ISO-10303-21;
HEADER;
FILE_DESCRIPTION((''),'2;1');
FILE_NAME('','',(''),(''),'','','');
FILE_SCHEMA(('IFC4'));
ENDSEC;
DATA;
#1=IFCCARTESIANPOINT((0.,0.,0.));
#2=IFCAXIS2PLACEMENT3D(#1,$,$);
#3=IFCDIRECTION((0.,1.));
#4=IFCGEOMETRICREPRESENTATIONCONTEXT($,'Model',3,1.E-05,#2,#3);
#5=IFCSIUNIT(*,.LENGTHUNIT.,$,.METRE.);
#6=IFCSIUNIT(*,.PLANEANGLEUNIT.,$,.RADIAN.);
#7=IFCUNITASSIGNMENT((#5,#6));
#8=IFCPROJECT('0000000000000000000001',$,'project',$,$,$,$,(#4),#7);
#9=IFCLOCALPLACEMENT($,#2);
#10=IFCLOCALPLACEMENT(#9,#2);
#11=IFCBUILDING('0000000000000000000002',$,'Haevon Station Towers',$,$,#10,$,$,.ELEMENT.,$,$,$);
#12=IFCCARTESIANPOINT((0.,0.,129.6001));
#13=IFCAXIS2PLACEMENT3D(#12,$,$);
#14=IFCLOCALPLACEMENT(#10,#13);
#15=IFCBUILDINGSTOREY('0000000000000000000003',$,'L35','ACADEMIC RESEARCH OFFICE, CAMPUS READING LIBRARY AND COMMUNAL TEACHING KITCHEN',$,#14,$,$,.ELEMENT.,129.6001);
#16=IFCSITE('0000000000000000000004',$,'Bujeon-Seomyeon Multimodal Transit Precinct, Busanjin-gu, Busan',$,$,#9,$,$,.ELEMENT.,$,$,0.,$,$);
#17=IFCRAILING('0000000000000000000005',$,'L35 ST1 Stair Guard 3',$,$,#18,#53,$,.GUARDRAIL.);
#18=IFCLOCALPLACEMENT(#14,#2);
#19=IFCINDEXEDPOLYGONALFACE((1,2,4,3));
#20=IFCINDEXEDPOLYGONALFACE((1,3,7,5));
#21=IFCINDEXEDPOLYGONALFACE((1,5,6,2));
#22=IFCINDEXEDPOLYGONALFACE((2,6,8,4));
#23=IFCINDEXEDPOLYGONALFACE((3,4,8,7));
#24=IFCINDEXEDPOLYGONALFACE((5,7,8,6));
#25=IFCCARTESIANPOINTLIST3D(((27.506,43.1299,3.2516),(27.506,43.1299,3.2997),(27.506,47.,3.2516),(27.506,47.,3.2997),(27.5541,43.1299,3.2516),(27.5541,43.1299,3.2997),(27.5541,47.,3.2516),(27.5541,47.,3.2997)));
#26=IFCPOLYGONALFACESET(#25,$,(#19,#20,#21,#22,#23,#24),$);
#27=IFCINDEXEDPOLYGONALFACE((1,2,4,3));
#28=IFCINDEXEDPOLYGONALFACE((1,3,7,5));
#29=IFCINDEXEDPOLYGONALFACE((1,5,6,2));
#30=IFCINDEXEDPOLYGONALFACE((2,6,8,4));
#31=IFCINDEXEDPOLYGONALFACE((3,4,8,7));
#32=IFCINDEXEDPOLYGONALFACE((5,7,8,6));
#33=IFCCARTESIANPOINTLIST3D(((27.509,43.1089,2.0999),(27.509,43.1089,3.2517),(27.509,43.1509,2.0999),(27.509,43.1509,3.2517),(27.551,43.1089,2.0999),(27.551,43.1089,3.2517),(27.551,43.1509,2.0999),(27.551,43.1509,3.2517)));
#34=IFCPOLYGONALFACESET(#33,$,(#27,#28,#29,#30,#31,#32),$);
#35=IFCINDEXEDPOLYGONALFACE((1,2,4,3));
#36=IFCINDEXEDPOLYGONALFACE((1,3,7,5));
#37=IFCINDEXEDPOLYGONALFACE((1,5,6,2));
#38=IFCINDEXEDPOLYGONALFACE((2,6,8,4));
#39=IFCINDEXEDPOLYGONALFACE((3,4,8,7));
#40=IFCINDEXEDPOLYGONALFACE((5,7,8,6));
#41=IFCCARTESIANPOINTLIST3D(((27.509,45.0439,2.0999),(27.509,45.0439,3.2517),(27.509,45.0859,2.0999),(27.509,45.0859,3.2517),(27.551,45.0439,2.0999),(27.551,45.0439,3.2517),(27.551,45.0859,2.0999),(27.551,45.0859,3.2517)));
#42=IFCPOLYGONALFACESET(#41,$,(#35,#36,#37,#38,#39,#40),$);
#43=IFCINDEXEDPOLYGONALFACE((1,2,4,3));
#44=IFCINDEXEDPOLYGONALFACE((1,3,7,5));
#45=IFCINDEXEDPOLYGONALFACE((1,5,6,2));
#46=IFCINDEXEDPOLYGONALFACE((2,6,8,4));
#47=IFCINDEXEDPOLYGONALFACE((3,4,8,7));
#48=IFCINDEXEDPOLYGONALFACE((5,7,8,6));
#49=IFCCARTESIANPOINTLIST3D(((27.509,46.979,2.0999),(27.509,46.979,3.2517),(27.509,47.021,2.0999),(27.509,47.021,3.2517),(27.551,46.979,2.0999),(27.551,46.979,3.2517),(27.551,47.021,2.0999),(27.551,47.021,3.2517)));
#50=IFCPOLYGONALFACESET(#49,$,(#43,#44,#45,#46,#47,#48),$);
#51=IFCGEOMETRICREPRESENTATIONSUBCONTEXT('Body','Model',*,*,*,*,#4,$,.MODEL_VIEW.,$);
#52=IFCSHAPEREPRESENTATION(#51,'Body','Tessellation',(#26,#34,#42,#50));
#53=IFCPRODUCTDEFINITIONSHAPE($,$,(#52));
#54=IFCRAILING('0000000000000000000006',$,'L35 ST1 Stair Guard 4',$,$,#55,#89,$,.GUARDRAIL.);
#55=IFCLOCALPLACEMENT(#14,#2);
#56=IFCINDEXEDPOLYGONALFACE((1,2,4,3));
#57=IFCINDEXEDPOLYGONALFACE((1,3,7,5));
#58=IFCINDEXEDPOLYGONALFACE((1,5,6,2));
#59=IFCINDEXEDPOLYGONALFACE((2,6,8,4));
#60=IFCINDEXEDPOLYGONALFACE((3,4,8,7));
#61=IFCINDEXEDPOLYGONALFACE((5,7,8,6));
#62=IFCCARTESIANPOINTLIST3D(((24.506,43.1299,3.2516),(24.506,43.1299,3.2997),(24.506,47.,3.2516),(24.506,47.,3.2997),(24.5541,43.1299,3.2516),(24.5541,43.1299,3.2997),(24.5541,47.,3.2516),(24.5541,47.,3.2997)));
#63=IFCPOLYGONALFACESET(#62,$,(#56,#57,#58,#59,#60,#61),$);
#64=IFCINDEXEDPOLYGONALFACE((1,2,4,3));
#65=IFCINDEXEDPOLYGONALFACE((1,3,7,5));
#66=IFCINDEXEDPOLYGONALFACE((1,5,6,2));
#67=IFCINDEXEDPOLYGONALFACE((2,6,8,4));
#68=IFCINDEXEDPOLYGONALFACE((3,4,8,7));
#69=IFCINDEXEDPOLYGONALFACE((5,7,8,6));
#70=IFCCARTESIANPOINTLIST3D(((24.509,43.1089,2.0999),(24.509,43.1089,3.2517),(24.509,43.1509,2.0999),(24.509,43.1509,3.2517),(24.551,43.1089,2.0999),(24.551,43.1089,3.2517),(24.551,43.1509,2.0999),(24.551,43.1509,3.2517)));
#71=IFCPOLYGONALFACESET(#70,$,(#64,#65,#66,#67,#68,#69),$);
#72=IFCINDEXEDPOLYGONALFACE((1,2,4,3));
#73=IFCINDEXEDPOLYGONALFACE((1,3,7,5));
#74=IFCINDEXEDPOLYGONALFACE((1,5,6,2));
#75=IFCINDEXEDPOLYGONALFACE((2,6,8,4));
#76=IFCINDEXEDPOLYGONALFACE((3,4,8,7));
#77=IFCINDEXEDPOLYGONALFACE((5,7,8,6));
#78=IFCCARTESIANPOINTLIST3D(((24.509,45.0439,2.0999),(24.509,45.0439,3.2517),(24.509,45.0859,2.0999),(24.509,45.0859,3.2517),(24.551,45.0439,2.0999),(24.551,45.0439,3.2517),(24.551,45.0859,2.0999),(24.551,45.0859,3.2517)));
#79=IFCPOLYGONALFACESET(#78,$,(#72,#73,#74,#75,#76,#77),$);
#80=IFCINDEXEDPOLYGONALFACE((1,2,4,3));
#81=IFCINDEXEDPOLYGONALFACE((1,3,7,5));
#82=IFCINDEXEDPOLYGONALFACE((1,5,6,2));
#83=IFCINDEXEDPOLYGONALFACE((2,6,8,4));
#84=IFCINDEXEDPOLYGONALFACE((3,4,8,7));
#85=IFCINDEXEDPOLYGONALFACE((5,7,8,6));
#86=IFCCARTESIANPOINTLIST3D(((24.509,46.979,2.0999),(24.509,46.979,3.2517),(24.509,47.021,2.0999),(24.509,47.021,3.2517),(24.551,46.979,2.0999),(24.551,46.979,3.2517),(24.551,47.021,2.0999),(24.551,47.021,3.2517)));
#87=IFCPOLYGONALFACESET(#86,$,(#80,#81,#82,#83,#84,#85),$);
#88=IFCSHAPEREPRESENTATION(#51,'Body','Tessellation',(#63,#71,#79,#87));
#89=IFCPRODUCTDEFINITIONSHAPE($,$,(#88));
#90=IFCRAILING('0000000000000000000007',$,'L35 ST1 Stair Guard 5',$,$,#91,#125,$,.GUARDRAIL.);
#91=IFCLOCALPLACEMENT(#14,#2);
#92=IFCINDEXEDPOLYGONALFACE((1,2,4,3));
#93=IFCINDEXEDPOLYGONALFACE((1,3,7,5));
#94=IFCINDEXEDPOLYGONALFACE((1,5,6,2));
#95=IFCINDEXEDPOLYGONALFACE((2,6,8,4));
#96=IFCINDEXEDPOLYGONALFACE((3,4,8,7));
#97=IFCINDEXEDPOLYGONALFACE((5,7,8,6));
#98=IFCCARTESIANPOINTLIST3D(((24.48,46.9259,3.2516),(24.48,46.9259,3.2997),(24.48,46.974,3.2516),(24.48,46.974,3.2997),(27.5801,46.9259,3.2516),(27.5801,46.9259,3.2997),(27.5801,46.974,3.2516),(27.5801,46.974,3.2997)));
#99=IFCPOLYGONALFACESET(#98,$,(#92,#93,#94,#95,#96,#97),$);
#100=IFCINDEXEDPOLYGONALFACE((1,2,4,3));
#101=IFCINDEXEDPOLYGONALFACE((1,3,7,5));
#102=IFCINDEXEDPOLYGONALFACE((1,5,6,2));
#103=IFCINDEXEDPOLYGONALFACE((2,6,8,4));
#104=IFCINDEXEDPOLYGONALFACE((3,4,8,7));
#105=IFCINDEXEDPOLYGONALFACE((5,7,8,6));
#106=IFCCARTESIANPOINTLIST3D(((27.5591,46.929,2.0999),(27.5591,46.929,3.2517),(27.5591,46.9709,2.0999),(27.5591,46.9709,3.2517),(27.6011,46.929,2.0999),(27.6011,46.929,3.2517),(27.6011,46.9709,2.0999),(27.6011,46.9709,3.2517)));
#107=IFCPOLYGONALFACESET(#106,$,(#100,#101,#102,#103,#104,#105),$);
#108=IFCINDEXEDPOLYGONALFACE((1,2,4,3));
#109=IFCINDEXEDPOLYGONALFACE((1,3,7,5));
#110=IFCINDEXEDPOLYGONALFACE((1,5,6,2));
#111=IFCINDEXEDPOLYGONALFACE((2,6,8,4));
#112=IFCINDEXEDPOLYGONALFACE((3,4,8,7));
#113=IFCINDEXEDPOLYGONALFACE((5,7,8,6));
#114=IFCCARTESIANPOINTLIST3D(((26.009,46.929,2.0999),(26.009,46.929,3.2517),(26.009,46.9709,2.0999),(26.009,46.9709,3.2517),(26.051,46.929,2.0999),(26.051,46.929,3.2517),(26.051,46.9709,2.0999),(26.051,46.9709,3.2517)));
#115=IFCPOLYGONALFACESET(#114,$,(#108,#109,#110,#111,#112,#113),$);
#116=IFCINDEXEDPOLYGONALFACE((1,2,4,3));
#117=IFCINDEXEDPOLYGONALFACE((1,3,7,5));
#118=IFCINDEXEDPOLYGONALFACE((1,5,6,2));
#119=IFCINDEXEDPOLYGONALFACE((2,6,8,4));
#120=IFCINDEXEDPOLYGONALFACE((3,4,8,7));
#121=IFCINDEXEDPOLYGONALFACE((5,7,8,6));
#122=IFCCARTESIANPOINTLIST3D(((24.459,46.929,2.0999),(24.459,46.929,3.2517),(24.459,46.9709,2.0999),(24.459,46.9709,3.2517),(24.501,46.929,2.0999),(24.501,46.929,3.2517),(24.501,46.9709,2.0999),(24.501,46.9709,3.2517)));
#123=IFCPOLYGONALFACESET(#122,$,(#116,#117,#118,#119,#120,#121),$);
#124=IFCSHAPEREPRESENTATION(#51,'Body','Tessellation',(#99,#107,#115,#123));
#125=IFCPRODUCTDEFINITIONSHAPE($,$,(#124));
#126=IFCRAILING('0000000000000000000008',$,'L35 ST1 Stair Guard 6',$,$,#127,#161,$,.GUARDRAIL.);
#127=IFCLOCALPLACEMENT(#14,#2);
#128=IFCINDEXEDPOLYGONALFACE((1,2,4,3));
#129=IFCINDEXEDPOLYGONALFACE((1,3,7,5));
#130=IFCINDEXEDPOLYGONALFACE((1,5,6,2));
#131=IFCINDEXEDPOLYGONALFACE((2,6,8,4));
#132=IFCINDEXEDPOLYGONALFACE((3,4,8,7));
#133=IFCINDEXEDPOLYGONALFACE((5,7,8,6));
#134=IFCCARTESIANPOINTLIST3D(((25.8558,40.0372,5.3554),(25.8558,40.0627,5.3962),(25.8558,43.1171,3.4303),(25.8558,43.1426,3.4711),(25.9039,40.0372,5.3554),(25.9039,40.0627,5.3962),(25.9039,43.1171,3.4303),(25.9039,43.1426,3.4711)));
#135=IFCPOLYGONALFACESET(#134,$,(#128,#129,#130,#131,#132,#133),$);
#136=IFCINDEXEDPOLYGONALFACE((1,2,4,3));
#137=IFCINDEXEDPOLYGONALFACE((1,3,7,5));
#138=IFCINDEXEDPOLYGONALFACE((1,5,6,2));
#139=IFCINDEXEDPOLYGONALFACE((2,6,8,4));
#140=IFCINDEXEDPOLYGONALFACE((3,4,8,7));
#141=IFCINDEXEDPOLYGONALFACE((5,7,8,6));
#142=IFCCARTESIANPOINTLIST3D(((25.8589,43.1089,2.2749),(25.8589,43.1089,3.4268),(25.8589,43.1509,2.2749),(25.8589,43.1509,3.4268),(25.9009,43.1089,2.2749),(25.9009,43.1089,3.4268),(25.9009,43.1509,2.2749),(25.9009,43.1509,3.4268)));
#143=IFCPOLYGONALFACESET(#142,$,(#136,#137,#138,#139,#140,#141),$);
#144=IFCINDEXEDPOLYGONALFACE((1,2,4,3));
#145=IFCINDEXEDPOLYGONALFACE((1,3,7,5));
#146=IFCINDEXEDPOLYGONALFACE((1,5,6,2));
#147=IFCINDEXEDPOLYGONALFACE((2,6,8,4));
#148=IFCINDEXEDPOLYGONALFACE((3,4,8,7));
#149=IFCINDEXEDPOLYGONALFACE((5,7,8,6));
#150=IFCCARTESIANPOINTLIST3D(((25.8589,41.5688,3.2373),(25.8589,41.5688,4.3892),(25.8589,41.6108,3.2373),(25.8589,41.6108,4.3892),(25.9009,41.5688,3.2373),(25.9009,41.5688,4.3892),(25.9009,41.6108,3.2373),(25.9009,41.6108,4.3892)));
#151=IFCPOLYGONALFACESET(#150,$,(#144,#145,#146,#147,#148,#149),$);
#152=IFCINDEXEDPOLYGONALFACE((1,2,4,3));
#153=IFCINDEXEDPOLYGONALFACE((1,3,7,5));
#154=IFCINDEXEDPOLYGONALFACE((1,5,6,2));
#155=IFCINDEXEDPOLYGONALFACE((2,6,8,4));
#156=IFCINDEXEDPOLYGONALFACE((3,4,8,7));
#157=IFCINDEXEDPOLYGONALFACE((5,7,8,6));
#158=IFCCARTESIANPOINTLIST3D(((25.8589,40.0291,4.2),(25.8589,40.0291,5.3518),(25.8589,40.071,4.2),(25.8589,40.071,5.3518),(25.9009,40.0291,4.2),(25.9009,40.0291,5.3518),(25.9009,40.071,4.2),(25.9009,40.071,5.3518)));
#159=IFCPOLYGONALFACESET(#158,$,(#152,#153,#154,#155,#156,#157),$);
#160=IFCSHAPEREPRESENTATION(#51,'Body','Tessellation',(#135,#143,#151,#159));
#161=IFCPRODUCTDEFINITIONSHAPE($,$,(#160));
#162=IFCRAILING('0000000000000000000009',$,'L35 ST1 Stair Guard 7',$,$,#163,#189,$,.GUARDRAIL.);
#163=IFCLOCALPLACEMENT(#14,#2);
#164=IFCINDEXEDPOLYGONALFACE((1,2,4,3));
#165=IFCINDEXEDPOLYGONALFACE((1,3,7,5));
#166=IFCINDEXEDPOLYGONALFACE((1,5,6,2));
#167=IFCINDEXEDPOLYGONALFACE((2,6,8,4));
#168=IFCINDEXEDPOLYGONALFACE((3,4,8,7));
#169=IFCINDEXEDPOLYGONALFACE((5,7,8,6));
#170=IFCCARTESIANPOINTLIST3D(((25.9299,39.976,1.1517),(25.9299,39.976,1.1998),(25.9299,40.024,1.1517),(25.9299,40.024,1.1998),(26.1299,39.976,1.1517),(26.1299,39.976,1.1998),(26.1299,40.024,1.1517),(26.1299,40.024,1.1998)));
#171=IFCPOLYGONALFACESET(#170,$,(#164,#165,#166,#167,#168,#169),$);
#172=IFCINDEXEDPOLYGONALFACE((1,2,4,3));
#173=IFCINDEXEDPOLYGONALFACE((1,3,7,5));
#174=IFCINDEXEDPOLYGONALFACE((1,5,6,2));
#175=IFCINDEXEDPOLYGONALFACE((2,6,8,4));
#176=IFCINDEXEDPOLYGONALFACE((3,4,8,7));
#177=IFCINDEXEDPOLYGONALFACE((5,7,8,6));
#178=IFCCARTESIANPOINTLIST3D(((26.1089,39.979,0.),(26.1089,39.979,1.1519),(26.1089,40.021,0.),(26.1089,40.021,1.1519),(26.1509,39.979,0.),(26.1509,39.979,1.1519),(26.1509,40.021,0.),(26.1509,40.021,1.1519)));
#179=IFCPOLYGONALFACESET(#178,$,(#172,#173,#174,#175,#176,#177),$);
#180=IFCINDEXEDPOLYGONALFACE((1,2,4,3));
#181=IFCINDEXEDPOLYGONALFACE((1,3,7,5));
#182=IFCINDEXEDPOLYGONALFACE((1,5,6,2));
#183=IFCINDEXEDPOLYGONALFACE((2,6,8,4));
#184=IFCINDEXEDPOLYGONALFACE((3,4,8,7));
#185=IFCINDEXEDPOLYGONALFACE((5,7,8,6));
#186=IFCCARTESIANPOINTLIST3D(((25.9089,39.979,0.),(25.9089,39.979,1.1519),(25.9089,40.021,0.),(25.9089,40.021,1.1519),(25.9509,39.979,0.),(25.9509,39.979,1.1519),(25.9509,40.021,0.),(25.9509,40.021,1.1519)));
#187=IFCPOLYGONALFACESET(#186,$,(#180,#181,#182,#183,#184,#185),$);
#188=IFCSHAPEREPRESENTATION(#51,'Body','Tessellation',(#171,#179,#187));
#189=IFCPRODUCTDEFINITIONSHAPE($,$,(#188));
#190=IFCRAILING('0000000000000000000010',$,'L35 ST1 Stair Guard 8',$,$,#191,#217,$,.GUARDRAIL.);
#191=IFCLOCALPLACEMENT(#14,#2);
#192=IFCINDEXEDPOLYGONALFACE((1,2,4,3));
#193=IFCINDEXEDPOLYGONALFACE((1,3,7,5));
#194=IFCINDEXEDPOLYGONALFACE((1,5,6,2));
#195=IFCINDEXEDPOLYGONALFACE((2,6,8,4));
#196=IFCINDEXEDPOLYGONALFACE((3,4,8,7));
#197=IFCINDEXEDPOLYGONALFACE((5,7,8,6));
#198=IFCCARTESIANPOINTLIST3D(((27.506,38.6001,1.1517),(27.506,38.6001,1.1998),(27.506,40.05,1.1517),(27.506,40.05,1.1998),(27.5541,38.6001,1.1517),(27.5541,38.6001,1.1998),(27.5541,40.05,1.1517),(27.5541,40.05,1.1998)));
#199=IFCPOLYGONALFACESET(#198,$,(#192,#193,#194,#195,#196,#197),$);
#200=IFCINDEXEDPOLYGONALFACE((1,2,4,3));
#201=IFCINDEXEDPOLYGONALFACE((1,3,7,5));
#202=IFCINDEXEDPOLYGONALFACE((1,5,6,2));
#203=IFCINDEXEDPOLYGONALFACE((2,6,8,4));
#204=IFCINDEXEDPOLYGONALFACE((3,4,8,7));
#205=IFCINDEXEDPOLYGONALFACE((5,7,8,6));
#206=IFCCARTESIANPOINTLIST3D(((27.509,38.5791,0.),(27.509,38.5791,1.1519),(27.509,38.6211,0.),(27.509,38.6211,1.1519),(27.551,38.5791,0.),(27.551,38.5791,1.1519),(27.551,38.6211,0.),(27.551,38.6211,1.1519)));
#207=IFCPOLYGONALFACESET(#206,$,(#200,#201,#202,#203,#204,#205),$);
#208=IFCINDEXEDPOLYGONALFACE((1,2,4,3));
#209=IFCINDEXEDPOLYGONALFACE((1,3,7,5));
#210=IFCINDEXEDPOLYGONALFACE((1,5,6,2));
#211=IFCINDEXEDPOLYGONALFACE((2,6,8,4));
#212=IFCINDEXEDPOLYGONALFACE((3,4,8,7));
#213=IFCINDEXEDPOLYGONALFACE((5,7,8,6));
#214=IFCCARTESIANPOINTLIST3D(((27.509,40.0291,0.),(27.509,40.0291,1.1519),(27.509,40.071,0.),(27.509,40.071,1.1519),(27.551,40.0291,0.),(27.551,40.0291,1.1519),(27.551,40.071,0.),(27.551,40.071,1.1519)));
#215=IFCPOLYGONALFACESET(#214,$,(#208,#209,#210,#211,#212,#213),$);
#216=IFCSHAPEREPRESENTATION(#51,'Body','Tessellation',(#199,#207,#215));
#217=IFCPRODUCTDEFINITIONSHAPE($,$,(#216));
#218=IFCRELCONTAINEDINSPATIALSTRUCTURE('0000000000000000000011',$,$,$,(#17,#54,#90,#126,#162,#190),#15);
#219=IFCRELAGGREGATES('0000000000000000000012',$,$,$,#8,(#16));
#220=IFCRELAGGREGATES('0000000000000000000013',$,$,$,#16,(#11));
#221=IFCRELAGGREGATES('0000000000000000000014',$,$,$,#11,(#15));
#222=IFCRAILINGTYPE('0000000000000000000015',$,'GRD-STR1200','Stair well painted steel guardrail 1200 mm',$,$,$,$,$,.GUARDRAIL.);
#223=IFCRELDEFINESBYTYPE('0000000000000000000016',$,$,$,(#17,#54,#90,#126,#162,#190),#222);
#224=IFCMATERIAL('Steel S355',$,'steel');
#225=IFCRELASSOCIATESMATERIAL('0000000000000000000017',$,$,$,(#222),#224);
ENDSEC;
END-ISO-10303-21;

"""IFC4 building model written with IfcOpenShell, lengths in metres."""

from ifc_helpers import new_model, si_unit, direction, frame, origin, origin_2d, place, context, subcontext, project, spatial, rectangle, extrude, material, type_object, element, save


model = new_model("IFC4")

# Units and contexts
model_context = context("Model", 3, precision=1e-05, world=origin(), true_north=direction((0.0, 1.0)))
body_context = subcontext(model_context, "Body", "Model", "MODEL_VIEW")
ifc_project = project(units=[si_unit("LENGTHUNIT", "METRE"), si_unit("PLANEANGLEUNIT", "RADIAN")], contexts=[model_context])

# Site, building, storey
site_placement = place(None, origin())
site = spatial("IfcSite", under=ifc_project, at=site_placement, Name="Bujeon-Seomyeon Multimodal Transit Precinct, Busanjin-gu, Busan", CompositionType="ELEMENT", RefElevation=0.0)
building_placement = place(site_placement, origin())
building = spatial("IfcBuilding", under=site, at=building_placement, Name="Haevon Station Towers", CompositionType="ELEMENT")
storey_placement = place(building_placement, frame((0.0, 0.0, 129.6001)))
storey = spatial("IfcBuildingStorey", under=building, at=storey_placement, Name="L35", Description="ACADEMIC RESEARCH OFFICE, CAMPUS READING LIBRARY AND COMMUNAL TEACHING KITCHEN", CompositionType="ELEMENT", Elevation=129.6001)

# Shared definitions
ifc_material_1 = material(Name="Steel S355", Category="steel")

# Railings
railing_type_1 = type_object("IfcRailingType", Name="GRD-STR1200", Description="Stair well painted steel guardrail 1200 mm", PredefinedType="GUARDRAIL", material=ifc_material_1)
for number, where, name in (
    (1, (27.53, 43.1299, 2.0999), "L35 ST1 Stair Guard 3"),
    (2, (24.53, 43.1299, 2.0999), "L35 ST1 Stair Guard 4"),
):
    element("IfcRailing", number, at=place(storey_placement, frame(where)), inside=storey, type_object=railing_type_1, Name=name, PredefinedType="GUARDRAIL", context=body_context, shape_type="SweptSolid", body=[
        extrude(rectangle(XDim=0.0481, YDim=0.0481, at=origin_2d()), frame((0.0, 0.0, 1.1758), z_axis=(0.0, 1.0, 0.0), x_axis=(-1.0, 0.0, 0.0)), (0.0, 0.0, 1.0), 3.8701),
        extrude(rectangle(XDim=0.042, YDim=0.042, at=origin_2d()), origin(), (0.0, 0.0, 1.0), 1.1519),
        extrude(rectangle(XDim=0.042, YDim=0.042, at=origin_2d()), frame((0.0, 1.9351, 0.0)), (0.0, 0.0, 1.0), 1.1519),
        extrude(rectangle(XDim=0.042, YDim=0.042, at=origin_2d()), frame((0.0, 3.8701, 0.0)), (0.0, 0.0, 1.0), 1.1519),
    ])
railing_1_placement = place(storey_placement, frame((27.5801, 46.95, 2.0999)))
element("IfcRailing", 3, at=railing_1_placement, inside=storey, type_object=railing_type_1, Name="L35 ST1 Stair Guard 5", PredefinedType="GUARDRAIL", context=body_context, shape_type="SweptSolid", body=[
    extrude(rectangle(XDim=0.0481, YDim=0.0481, at=origin_2d()), frame((0.0, 0.0, 1.1758), z_axis=(-1.0, 0.0, 0.0), x_axis=(0.0, -1.0, 0.0)), (0.0, 0.0, 1.0), 3.1001),
    extrude(rectangle(XDim=0.042, YDim=0.042, at=origin_2d()), origin(), (0.0, 0.0, 1.0), 1.1519),
    extrude(rectangle(XDim=0.042, YDim=0.042, at=origin_2d()), frame((-1.55, 0.0, 0.0)), (0.0, 0.0, 1.0), 1.1519),
    extrude(rectangle(XDim=0.042, YDim=0.042, at=origin_2d()), frame((-3.1001, 0.0, 0.0)), (0.0, 0.0, 1.0), 1.1519),
])
railing_2_placement = place(storey_placement, frame((25.8799, 43.1299, 2.2749)))
element("IfcRailing", 4, at=railing_2_placement, inside=storey, type_object=railing_type_1, Name="L35 ST1 Stair Guard 6", PredefinedType="GUARDRAIL", context=body_context, shape_type="SweptSolid", body=[
    extrude(rectangle(XDim=0.0481, YDim=0.0481, at=origin_2d()), frame((0.0, 0.0, 1.1758), z_axis=(0.0, -0.847979, 0.530029), x_axis=(1.0, 0.0, 0.0)), (0.0, 0.0, 1.0), 3.6321),
    extrude(rectangle(XDim=0.042, YDim=0.042, at=origin_2d()), origin(), (0.0, 0.0, 1.0), 1.1519),
    extrude(rectangle(XDim=0.042, YDim=0.042, at=origin_2d()), frame((0.0, -1.54, 0.9624)), (0.0, 0.0, 1.0), 1.1519),
    extrude(rectangle(XDim=0.042, YDim=0.042, at=origin_2d()), frame((0.0, -3.0798, 1.925)), (0.0, 0.0, 1.0), 1.1519),
])
railing_3_placement = place(storey_placement, frame((26.1299, 40.0, 0.0)))
element("IfcRailing", 5, at=railing_3_placement, inside=storey, type_object=railing_type_1, Name="L35 ST1 Stair Guard 7", PredefinedType="GUARDRAIL", context=body_context, shape_type="SweptSolid", body=[
    extrude(rectangle(XDim=0.0481, YDim=0.0481, at=origin_2d()), frame((0.0, 0.0, 1.1758), z_axis=(-1.0, 0.0, 0.0), x_axis=(0.0, -1.0, 0.0)), (0.0, 0.0, 1.0), 0.2),
    extrude(rectangle(XDim=0.042, YDim=0.042, at=origin_2d()), origin(), (0.0, 0.0, 1.0), 1.1519),
    extrude(rectangle(XDim=0.042, YDim=0.042, at=origin_2d()), frame((-0.2, 0.0, 0.0)), (0.0, 0.0, 1.0), 1.1519),
])
railing_4_placement = place(storey_placement, frame((27.53, 38.6001, 0.0)))
element("IfcRailing", 6, at=railing_4_placement, inside=storey, type_object=railing_type_1, Name="L35 ST1 Stair Guard 8", PredefinedType="GUARDRAIL", context=body_context, shape_type="SweptSolid", body=[
    extrude(rectangle(XDim=0.0481, YDim=0.0481, at=origin_2d()), frame((0.0, 0.0, 1.1758), z_axis=(0.0, 1.0, 0.0), x_axis=(-1.0, 0.0, 0.0)), (0.0, 0.0, 1.0), 1.45),
    extrude(rectangle(XDim=0.042, YDim=0.042, at=origin_2d()), origin(), (0.0, 0.0, 1.0), 1.1519),
    extrude(rectangle(XDim=0.042, YDim=0.042, at=origin_2d()), frame((0.0, 1.45, 0.0)), (0.0, 0.0, 1.0), 1.1519),
])

save(model, "model.ifc")
